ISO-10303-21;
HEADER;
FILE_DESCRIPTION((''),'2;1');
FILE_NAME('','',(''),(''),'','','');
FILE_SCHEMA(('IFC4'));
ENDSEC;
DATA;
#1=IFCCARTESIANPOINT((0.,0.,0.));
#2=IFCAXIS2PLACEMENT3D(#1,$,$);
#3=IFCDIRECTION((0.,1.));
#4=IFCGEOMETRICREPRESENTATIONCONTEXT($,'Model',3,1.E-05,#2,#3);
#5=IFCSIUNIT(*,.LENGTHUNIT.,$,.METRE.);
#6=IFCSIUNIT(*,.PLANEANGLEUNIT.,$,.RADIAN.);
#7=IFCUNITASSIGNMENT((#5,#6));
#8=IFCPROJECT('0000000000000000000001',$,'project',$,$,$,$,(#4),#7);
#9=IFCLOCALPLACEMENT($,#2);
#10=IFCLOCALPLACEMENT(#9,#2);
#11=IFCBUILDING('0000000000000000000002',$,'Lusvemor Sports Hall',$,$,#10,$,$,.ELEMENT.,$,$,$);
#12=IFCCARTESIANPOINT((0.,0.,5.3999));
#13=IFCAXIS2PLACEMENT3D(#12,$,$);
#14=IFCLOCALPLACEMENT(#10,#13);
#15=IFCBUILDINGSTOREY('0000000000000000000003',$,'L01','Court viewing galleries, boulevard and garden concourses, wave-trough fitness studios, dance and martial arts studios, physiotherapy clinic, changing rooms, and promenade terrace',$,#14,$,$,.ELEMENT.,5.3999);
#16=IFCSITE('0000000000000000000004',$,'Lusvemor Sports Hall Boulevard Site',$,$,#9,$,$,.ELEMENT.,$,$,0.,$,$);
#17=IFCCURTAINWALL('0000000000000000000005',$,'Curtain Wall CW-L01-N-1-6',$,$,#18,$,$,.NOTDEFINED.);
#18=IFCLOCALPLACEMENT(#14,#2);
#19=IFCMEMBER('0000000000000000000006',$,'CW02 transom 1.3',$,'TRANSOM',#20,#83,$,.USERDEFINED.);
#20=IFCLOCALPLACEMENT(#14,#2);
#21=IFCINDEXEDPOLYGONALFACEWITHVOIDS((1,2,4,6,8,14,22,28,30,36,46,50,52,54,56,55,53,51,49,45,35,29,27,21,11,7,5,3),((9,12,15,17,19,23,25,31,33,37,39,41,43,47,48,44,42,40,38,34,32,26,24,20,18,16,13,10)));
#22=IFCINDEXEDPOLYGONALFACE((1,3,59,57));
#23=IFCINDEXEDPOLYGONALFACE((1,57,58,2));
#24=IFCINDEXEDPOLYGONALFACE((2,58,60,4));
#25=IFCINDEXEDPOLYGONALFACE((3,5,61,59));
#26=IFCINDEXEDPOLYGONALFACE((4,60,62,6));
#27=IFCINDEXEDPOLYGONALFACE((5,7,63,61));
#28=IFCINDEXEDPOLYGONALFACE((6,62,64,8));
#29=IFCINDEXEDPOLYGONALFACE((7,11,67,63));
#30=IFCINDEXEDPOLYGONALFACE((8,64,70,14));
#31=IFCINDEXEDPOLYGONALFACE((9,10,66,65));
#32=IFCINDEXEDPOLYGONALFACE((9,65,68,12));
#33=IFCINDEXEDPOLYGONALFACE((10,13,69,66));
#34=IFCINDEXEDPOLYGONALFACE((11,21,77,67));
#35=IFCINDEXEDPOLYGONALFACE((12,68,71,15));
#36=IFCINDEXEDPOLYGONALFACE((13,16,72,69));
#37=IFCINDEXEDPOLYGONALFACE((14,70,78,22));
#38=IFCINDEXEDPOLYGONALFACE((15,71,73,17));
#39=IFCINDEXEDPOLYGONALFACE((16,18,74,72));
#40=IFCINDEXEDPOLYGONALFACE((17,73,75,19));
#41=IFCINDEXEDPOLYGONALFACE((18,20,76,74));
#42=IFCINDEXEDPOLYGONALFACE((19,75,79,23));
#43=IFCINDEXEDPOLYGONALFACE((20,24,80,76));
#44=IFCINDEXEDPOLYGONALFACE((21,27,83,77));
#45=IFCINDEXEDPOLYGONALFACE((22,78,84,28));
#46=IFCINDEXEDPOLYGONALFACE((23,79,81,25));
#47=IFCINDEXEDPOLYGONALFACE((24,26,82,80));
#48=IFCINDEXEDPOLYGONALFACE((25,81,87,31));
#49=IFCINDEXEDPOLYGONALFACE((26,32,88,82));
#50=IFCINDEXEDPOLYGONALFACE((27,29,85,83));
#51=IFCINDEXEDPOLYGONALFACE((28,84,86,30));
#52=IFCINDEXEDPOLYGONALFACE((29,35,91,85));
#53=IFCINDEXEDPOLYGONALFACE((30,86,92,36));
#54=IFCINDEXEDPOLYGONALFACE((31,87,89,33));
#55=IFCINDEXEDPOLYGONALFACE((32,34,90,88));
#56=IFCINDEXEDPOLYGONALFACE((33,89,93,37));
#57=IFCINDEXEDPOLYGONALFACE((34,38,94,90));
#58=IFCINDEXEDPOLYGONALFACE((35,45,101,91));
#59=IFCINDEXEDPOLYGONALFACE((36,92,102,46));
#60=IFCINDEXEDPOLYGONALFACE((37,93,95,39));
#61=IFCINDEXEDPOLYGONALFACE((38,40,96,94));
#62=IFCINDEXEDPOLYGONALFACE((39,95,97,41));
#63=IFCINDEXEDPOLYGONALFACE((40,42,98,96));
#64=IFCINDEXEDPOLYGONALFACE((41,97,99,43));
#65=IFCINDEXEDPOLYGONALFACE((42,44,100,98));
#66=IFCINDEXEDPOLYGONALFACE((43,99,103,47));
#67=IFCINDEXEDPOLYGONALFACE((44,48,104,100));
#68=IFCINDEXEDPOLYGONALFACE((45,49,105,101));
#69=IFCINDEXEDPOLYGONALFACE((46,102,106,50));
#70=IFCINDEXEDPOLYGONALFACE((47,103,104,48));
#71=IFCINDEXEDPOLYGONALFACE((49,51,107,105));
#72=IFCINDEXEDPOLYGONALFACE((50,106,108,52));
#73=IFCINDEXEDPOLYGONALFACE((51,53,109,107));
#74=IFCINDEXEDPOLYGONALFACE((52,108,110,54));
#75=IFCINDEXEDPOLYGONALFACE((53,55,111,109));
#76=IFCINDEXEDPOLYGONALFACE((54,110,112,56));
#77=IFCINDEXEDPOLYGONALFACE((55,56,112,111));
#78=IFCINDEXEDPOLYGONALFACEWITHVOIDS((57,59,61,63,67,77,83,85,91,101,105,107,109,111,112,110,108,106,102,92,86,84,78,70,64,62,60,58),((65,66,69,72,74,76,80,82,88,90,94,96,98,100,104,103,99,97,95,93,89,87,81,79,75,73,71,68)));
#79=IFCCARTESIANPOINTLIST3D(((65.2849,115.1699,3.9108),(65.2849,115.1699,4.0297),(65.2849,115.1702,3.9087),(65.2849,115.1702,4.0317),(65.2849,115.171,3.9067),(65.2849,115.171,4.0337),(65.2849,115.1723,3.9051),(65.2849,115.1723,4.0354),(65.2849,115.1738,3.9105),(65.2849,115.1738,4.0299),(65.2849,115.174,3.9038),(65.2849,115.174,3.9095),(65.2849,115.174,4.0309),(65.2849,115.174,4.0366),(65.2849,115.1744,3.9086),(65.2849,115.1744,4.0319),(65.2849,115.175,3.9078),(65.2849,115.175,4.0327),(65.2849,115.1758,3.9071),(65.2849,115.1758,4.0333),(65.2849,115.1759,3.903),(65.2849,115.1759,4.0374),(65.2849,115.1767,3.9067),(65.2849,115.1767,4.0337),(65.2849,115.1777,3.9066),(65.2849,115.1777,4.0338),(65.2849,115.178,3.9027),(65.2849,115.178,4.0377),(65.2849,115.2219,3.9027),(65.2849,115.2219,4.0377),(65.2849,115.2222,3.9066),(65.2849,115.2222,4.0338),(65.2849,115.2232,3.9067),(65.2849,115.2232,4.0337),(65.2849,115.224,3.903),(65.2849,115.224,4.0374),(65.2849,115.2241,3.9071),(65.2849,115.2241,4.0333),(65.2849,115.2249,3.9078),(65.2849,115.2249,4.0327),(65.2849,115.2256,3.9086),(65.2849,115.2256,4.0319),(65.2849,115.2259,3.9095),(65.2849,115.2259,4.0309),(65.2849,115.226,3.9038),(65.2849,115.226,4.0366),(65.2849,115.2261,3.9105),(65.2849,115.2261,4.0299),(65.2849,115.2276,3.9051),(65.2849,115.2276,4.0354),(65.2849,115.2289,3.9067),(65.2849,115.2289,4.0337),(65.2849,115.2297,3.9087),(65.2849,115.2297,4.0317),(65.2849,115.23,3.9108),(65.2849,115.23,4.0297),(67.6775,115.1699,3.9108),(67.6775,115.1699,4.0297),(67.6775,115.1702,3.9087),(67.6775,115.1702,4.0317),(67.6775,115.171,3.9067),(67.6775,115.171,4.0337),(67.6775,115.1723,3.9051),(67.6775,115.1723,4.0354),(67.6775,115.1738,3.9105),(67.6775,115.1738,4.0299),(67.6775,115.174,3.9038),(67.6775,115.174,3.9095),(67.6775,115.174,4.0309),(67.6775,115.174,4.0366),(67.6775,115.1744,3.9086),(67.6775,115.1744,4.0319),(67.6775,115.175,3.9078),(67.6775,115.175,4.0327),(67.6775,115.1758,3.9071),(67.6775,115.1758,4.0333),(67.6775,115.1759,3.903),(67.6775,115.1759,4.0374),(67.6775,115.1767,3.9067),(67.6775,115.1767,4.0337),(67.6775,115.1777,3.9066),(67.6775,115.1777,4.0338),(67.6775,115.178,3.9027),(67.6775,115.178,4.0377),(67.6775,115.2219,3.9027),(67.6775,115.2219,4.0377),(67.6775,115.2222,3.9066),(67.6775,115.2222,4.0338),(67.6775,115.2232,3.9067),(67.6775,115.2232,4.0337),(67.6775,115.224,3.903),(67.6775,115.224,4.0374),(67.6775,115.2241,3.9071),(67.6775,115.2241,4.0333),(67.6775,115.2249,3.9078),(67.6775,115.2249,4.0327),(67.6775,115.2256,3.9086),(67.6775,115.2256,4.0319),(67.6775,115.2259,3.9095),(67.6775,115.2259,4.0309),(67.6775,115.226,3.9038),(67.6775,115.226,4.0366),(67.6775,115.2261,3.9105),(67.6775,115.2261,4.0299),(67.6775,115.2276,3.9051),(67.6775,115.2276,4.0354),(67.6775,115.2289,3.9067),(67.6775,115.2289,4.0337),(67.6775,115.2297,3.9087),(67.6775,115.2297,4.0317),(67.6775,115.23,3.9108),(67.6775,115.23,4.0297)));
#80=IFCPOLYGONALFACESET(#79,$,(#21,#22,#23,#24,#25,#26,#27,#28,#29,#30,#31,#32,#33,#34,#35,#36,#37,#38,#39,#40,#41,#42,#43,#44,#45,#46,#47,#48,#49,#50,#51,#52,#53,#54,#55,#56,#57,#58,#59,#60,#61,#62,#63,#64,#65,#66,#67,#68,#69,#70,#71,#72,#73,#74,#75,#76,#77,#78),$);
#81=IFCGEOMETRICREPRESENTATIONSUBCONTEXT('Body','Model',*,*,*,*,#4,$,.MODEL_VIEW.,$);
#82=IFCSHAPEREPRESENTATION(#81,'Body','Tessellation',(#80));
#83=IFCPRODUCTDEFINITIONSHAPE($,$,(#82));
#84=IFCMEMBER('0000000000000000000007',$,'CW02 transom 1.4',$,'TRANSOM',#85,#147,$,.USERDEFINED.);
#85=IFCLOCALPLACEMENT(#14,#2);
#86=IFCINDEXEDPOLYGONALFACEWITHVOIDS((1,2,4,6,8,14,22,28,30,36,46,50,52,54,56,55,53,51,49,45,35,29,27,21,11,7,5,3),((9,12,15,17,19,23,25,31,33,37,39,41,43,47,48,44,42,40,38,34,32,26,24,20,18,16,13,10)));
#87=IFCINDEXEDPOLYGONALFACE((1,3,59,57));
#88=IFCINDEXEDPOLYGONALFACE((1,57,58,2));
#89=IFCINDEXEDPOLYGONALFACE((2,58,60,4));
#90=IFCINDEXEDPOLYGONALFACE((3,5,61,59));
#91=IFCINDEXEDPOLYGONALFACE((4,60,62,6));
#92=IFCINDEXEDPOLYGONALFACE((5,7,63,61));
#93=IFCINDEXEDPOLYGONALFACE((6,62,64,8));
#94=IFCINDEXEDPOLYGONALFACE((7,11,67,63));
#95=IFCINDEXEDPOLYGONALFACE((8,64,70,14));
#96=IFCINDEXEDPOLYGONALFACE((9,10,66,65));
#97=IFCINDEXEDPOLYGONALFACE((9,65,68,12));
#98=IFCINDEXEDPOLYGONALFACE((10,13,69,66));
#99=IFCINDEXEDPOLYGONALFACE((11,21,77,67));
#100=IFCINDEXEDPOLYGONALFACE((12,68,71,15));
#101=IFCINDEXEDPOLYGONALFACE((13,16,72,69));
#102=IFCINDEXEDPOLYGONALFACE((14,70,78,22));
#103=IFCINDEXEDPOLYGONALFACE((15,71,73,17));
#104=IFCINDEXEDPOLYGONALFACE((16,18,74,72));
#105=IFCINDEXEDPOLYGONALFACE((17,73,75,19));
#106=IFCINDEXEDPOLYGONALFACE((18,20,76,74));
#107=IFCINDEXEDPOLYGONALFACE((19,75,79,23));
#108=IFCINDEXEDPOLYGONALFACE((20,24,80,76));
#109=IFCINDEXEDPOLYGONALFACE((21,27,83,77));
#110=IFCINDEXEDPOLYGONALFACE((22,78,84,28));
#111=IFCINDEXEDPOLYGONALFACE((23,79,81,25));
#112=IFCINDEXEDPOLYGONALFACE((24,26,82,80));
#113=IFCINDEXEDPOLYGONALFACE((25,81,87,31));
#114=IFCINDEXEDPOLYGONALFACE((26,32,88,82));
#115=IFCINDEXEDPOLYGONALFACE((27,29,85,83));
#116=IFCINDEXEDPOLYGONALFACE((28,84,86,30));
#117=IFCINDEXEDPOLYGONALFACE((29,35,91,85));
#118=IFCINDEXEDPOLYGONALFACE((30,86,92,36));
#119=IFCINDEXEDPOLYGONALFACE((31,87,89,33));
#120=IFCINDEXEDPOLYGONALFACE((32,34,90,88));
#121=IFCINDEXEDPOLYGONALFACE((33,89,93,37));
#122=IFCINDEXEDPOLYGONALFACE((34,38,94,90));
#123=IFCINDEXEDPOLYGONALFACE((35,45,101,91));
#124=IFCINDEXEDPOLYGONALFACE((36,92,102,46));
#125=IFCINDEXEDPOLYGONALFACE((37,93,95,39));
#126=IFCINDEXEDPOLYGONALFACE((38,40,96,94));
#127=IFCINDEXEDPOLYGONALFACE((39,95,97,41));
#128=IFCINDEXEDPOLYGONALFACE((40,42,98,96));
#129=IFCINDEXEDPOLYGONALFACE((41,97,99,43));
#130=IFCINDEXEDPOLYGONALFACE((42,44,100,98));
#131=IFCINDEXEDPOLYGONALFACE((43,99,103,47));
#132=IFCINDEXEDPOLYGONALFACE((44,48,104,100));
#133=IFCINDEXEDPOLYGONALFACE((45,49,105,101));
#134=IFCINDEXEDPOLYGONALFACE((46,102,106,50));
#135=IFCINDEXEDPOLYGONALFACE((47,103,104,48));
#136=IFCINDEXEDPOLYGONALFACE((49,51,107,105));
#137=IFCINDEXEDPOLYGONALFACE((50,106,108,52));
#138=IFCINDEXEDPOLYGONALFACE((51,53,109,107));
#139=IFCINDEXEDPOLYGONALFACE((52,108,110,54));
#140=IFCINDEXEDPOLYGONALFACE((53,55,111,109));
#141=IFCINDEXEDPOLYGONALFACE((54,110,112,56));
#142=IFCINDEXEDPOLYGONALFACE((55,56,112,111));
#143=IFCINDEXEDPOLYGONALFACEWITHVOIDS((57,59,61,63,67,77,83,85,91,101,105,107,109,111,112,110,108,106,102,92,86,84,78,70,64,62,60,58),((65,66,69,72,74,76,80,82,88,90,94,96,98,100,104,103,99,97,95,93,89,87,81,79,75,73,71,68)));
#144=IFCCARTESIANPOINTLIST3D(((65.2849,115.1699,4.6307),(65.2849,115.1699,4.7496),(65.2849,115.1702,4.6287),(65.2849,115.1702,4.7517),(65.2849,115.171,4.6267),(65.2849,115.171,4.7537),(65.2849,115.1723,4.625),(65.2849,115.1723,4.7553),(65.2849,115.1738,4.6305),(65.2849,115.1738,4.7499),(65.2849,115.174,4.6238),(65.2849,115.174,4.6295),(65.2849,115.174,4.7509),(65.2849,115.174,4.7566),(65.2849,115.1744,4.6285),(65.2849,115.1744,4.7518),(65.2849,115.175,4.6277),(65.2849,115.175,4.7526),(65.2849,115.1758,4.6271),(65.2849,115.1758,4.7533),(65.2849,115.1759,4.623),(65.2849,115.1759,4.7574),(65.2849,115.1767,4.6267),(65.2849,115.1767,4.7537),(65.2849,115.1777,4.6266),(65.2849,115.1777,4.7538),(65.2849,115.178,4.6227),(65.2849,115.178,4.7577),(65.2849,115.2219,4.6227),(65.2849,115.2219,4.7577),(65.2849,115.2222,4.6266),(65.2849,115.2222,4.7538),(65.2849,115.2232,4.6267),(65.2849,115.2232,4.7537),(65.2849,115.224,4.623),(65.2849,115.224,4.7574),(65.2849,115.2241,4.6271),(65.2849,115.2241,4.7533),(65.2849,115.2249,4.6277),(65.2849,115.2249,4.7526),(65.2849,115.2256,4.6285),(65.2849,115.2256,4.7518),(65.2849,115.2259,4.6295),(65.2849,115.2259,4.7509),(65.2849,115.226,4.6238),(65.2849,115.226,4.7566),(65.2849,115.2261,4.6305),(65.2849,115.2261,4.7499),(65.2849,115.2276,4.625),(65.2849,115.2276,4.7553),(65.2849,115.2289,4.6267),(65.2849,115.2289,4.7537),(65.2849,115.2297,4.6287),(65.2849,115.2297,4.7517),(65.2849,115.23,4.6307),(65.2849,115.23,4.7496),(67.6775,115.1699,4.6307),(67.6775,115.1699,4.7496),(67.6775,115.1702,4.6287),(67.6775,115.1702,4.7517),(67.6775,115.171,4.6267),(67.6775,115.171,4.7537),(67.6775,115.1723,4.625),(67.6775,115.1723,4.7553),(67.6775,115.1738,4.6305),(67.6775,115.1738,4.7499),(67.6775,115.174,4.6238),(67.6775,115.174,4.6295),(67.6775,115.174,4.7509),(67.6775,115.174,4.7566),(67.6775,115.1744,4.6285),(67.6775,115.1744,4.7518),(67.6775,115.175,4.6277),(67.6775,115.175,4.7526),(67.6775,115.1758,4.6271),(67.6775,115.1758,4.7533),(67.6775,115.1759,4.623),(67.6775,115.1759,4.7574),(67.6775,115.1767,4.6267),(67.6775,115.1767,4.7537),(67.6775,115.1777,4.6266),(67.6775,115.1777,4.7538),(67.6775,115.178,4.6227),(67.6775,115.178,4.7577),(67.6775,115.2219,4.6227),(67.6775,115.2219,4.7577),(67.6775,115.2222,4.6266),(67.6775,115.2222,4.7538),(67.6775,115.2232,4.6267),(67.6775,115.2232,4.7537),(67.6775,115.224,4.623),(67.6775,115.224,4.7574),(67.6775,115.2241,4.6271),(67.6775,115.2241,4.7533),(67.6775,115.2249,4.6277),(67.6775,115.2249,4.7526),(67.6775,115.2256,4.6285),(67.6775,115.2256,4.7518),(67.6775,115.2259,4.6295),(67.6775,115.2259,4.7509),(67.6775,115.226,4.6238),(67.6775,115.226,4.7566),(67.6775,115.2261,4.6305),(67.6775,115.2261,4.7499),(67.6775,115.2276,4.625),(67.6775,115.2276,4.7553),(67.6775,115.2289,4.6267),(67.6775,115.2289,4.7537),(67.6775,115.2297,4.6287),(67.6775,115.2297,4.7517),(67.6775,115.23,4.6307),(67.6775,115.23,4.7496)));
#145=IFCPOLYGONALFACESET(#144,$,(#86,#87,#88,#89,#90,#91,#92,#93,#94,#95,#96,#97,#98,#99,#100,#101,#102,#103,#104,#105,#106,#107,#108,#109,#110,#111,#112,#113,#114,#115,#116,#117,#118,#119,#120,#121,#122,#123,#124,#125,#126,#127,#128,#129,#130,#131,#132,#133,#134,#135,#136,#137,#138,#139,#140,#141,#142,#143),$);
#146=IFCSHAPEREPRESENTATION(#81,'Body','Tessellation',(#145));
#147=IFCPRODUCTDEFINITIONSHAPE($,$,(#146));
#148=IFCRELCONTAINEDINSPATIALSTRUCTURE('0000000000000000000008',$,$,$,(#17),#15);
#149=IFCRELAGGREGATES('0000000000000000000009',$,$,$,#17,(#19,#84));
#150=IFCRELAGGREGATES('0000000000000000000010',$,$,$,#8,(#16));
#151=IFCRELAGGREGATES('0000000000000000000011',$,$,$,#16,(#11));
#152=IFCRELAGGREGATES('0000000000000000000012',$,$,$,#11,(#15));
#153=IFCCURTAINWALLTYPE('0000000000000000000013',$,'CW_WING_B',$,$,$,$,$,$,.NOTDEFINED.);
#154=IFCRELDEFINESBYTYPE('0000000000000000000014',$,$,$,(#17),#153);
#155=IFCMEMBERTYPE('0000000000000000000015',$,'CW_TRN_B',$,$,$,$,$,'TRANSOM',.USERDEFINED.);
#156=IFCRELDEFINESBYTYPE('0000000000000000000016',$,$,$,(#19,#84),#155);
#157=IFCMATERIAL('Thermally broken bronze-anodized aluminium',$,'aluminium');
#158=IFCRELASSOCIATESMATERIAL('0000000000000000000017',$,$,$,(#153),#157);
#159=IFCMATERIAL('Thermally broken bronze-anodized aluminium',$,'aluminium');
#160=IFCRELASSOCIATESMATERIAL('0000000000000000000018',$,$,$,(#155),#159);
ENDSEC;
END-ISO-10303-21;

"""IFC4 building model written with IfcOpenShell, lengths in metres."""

from ifc_helpers import new_model, si_unit, direction, frame, origin, origin_2d, place, context, subcontext, project, spatial, hollow_rectangle, extrude, material, material_profile, profile_set, type_object, element, aggregate, save


model = new_model("IFC4")

# Units and contexts
model_context = context("Model", 3, precision=1e-05, world=origin(), true_north=direction((0.0, 1.0)))
body_context = subcontext(model_context, "Body", "Model", "MODEL_VIEW")
ifc_project = project(units=[si_unit("LENGTHUNIT", "METRE"), si_unit("PLANEANGLEUNIT", "RADIAN")], contexts=[model_context])

# Site, building, storey
site_placement = place(None, origin())
site = spatial("IfcSite", under=ifc_project, at=site_placement, Name="Lusvemor Sports Hall Boulevard Site", CompositionType="ELEMENT", RefElevation=0.0)
building_placement = place(site_placement, origin())
building = spatial("IfcBuilding", under=site, at=building_placement, Name="Lusvemor Sports Hall", CompositionType="ELEMENT")
storey_placement = place(building_placement, frame((0.0, 0.0, 5.3999)))
storey = spatial("IfcBuildingStorey", under=building, at=storey_placement, Name="L01", Description="Court viewing galleries, boulevard and garden concourses, wave-trough fitness studios, dance and martial arts studios, physiotherapy clinic, changing rooms, and promenade terrace", CompositionType="ELEMENT", Elevation=5.3999)

# Curtain wall, members
ifc_material_1 = material(Name="Thermally broken bronze-anodized aluminium", Category="aluminium")
curtain_wall_type = type_object("IfcCurtainWallType", Name="CW_WING_B", PredefinedType="NOTDEFINED", material=ifc_material_1)
curtain_wall_placement = place(storey_placement, origin())
curtain_wall = element("IfcCurtainWall", 1, at=curtain_wall_placement, inside=storey, type_object=curtain_wall_type, Name="Curtain Wall CW-L01-N-1-6", PredefinedType="NOTDEFINED")
ifc_material_2 = material(Name="Thermally broken bronze-anodized aluminium", Category="aluminium")
ifc_material_profile_1 = material_profile(ifc_material_2, hollow_rectangle(XDim=0.0601, YDim=0.135, WallThickness=0.0039, InnerFilletRadius=0.0039, OuterFilletRadius=0.0081, at=origin_2d()), Name="CWTRN135x60x4")
ifc_profile_set_1 = profile_set([ifc_material_profile_1], Name="Thermally broken bronze-anodized aluminium")
member_type_1 = type_object("IfcMemberType", Name="CW_TRN_B", ElementType="TRANSOM", PredefinedType="USERDEFINED", material=ifc_profile_set_1)
member_1_placement = place(storey_placement, frame((65.2849, 115.2, 3.9702), z_axis=(1.0, 0.0, 0.0), x_axis=(0.0, 1.0, 0.0)))
member_1 = element("IfcMember", 2, at=member_1_placement, type_object=member_type_1, Name="CW02 transom 1.3", ObjectType="TRANSOM", PredefinedType="USERDEFINED", context=body_context, shape_type="SweptSolid", body=[
    extrude(hollow_rectangle(XDim=0.0601, YDim=0.135, WallThickness=0.0039, InnerFilletRadius=0.0039, OuterFilletRadius=0.0081, at=origin_2d()), origin(), (0.0, 0.0, 1.0), 2.3926),
])
member_2_placement = place(storey_placement, frame((65.2849, 115.2, 4.6902), z_axis=(1.0, 0.0, 0.0), x_axis=(0.0, 1.0, 0.0)))
member_2 = element("IfcMember", 3, at=member_2_placement, type_object=member_type_1, Name="CW02 transom 1.4", ObjectType="TRANSOM", PredefinedType="USERDEFINED", context=body_context, shape_type="SweptSolid", body=[
    extrude(hollow_rectangle(XDim=0.0601, YDim=0.135, WallThickness=0.0039, InnerFilletRadius=0.0039, OuterFilletRadius=0.0081, at=origin_2d()), origin(), (0.0, 0.0, 1.0), 2.3926),
])

aggregate(curtain_wall, [member_1, member_2])

save(model, "model.ifc")
